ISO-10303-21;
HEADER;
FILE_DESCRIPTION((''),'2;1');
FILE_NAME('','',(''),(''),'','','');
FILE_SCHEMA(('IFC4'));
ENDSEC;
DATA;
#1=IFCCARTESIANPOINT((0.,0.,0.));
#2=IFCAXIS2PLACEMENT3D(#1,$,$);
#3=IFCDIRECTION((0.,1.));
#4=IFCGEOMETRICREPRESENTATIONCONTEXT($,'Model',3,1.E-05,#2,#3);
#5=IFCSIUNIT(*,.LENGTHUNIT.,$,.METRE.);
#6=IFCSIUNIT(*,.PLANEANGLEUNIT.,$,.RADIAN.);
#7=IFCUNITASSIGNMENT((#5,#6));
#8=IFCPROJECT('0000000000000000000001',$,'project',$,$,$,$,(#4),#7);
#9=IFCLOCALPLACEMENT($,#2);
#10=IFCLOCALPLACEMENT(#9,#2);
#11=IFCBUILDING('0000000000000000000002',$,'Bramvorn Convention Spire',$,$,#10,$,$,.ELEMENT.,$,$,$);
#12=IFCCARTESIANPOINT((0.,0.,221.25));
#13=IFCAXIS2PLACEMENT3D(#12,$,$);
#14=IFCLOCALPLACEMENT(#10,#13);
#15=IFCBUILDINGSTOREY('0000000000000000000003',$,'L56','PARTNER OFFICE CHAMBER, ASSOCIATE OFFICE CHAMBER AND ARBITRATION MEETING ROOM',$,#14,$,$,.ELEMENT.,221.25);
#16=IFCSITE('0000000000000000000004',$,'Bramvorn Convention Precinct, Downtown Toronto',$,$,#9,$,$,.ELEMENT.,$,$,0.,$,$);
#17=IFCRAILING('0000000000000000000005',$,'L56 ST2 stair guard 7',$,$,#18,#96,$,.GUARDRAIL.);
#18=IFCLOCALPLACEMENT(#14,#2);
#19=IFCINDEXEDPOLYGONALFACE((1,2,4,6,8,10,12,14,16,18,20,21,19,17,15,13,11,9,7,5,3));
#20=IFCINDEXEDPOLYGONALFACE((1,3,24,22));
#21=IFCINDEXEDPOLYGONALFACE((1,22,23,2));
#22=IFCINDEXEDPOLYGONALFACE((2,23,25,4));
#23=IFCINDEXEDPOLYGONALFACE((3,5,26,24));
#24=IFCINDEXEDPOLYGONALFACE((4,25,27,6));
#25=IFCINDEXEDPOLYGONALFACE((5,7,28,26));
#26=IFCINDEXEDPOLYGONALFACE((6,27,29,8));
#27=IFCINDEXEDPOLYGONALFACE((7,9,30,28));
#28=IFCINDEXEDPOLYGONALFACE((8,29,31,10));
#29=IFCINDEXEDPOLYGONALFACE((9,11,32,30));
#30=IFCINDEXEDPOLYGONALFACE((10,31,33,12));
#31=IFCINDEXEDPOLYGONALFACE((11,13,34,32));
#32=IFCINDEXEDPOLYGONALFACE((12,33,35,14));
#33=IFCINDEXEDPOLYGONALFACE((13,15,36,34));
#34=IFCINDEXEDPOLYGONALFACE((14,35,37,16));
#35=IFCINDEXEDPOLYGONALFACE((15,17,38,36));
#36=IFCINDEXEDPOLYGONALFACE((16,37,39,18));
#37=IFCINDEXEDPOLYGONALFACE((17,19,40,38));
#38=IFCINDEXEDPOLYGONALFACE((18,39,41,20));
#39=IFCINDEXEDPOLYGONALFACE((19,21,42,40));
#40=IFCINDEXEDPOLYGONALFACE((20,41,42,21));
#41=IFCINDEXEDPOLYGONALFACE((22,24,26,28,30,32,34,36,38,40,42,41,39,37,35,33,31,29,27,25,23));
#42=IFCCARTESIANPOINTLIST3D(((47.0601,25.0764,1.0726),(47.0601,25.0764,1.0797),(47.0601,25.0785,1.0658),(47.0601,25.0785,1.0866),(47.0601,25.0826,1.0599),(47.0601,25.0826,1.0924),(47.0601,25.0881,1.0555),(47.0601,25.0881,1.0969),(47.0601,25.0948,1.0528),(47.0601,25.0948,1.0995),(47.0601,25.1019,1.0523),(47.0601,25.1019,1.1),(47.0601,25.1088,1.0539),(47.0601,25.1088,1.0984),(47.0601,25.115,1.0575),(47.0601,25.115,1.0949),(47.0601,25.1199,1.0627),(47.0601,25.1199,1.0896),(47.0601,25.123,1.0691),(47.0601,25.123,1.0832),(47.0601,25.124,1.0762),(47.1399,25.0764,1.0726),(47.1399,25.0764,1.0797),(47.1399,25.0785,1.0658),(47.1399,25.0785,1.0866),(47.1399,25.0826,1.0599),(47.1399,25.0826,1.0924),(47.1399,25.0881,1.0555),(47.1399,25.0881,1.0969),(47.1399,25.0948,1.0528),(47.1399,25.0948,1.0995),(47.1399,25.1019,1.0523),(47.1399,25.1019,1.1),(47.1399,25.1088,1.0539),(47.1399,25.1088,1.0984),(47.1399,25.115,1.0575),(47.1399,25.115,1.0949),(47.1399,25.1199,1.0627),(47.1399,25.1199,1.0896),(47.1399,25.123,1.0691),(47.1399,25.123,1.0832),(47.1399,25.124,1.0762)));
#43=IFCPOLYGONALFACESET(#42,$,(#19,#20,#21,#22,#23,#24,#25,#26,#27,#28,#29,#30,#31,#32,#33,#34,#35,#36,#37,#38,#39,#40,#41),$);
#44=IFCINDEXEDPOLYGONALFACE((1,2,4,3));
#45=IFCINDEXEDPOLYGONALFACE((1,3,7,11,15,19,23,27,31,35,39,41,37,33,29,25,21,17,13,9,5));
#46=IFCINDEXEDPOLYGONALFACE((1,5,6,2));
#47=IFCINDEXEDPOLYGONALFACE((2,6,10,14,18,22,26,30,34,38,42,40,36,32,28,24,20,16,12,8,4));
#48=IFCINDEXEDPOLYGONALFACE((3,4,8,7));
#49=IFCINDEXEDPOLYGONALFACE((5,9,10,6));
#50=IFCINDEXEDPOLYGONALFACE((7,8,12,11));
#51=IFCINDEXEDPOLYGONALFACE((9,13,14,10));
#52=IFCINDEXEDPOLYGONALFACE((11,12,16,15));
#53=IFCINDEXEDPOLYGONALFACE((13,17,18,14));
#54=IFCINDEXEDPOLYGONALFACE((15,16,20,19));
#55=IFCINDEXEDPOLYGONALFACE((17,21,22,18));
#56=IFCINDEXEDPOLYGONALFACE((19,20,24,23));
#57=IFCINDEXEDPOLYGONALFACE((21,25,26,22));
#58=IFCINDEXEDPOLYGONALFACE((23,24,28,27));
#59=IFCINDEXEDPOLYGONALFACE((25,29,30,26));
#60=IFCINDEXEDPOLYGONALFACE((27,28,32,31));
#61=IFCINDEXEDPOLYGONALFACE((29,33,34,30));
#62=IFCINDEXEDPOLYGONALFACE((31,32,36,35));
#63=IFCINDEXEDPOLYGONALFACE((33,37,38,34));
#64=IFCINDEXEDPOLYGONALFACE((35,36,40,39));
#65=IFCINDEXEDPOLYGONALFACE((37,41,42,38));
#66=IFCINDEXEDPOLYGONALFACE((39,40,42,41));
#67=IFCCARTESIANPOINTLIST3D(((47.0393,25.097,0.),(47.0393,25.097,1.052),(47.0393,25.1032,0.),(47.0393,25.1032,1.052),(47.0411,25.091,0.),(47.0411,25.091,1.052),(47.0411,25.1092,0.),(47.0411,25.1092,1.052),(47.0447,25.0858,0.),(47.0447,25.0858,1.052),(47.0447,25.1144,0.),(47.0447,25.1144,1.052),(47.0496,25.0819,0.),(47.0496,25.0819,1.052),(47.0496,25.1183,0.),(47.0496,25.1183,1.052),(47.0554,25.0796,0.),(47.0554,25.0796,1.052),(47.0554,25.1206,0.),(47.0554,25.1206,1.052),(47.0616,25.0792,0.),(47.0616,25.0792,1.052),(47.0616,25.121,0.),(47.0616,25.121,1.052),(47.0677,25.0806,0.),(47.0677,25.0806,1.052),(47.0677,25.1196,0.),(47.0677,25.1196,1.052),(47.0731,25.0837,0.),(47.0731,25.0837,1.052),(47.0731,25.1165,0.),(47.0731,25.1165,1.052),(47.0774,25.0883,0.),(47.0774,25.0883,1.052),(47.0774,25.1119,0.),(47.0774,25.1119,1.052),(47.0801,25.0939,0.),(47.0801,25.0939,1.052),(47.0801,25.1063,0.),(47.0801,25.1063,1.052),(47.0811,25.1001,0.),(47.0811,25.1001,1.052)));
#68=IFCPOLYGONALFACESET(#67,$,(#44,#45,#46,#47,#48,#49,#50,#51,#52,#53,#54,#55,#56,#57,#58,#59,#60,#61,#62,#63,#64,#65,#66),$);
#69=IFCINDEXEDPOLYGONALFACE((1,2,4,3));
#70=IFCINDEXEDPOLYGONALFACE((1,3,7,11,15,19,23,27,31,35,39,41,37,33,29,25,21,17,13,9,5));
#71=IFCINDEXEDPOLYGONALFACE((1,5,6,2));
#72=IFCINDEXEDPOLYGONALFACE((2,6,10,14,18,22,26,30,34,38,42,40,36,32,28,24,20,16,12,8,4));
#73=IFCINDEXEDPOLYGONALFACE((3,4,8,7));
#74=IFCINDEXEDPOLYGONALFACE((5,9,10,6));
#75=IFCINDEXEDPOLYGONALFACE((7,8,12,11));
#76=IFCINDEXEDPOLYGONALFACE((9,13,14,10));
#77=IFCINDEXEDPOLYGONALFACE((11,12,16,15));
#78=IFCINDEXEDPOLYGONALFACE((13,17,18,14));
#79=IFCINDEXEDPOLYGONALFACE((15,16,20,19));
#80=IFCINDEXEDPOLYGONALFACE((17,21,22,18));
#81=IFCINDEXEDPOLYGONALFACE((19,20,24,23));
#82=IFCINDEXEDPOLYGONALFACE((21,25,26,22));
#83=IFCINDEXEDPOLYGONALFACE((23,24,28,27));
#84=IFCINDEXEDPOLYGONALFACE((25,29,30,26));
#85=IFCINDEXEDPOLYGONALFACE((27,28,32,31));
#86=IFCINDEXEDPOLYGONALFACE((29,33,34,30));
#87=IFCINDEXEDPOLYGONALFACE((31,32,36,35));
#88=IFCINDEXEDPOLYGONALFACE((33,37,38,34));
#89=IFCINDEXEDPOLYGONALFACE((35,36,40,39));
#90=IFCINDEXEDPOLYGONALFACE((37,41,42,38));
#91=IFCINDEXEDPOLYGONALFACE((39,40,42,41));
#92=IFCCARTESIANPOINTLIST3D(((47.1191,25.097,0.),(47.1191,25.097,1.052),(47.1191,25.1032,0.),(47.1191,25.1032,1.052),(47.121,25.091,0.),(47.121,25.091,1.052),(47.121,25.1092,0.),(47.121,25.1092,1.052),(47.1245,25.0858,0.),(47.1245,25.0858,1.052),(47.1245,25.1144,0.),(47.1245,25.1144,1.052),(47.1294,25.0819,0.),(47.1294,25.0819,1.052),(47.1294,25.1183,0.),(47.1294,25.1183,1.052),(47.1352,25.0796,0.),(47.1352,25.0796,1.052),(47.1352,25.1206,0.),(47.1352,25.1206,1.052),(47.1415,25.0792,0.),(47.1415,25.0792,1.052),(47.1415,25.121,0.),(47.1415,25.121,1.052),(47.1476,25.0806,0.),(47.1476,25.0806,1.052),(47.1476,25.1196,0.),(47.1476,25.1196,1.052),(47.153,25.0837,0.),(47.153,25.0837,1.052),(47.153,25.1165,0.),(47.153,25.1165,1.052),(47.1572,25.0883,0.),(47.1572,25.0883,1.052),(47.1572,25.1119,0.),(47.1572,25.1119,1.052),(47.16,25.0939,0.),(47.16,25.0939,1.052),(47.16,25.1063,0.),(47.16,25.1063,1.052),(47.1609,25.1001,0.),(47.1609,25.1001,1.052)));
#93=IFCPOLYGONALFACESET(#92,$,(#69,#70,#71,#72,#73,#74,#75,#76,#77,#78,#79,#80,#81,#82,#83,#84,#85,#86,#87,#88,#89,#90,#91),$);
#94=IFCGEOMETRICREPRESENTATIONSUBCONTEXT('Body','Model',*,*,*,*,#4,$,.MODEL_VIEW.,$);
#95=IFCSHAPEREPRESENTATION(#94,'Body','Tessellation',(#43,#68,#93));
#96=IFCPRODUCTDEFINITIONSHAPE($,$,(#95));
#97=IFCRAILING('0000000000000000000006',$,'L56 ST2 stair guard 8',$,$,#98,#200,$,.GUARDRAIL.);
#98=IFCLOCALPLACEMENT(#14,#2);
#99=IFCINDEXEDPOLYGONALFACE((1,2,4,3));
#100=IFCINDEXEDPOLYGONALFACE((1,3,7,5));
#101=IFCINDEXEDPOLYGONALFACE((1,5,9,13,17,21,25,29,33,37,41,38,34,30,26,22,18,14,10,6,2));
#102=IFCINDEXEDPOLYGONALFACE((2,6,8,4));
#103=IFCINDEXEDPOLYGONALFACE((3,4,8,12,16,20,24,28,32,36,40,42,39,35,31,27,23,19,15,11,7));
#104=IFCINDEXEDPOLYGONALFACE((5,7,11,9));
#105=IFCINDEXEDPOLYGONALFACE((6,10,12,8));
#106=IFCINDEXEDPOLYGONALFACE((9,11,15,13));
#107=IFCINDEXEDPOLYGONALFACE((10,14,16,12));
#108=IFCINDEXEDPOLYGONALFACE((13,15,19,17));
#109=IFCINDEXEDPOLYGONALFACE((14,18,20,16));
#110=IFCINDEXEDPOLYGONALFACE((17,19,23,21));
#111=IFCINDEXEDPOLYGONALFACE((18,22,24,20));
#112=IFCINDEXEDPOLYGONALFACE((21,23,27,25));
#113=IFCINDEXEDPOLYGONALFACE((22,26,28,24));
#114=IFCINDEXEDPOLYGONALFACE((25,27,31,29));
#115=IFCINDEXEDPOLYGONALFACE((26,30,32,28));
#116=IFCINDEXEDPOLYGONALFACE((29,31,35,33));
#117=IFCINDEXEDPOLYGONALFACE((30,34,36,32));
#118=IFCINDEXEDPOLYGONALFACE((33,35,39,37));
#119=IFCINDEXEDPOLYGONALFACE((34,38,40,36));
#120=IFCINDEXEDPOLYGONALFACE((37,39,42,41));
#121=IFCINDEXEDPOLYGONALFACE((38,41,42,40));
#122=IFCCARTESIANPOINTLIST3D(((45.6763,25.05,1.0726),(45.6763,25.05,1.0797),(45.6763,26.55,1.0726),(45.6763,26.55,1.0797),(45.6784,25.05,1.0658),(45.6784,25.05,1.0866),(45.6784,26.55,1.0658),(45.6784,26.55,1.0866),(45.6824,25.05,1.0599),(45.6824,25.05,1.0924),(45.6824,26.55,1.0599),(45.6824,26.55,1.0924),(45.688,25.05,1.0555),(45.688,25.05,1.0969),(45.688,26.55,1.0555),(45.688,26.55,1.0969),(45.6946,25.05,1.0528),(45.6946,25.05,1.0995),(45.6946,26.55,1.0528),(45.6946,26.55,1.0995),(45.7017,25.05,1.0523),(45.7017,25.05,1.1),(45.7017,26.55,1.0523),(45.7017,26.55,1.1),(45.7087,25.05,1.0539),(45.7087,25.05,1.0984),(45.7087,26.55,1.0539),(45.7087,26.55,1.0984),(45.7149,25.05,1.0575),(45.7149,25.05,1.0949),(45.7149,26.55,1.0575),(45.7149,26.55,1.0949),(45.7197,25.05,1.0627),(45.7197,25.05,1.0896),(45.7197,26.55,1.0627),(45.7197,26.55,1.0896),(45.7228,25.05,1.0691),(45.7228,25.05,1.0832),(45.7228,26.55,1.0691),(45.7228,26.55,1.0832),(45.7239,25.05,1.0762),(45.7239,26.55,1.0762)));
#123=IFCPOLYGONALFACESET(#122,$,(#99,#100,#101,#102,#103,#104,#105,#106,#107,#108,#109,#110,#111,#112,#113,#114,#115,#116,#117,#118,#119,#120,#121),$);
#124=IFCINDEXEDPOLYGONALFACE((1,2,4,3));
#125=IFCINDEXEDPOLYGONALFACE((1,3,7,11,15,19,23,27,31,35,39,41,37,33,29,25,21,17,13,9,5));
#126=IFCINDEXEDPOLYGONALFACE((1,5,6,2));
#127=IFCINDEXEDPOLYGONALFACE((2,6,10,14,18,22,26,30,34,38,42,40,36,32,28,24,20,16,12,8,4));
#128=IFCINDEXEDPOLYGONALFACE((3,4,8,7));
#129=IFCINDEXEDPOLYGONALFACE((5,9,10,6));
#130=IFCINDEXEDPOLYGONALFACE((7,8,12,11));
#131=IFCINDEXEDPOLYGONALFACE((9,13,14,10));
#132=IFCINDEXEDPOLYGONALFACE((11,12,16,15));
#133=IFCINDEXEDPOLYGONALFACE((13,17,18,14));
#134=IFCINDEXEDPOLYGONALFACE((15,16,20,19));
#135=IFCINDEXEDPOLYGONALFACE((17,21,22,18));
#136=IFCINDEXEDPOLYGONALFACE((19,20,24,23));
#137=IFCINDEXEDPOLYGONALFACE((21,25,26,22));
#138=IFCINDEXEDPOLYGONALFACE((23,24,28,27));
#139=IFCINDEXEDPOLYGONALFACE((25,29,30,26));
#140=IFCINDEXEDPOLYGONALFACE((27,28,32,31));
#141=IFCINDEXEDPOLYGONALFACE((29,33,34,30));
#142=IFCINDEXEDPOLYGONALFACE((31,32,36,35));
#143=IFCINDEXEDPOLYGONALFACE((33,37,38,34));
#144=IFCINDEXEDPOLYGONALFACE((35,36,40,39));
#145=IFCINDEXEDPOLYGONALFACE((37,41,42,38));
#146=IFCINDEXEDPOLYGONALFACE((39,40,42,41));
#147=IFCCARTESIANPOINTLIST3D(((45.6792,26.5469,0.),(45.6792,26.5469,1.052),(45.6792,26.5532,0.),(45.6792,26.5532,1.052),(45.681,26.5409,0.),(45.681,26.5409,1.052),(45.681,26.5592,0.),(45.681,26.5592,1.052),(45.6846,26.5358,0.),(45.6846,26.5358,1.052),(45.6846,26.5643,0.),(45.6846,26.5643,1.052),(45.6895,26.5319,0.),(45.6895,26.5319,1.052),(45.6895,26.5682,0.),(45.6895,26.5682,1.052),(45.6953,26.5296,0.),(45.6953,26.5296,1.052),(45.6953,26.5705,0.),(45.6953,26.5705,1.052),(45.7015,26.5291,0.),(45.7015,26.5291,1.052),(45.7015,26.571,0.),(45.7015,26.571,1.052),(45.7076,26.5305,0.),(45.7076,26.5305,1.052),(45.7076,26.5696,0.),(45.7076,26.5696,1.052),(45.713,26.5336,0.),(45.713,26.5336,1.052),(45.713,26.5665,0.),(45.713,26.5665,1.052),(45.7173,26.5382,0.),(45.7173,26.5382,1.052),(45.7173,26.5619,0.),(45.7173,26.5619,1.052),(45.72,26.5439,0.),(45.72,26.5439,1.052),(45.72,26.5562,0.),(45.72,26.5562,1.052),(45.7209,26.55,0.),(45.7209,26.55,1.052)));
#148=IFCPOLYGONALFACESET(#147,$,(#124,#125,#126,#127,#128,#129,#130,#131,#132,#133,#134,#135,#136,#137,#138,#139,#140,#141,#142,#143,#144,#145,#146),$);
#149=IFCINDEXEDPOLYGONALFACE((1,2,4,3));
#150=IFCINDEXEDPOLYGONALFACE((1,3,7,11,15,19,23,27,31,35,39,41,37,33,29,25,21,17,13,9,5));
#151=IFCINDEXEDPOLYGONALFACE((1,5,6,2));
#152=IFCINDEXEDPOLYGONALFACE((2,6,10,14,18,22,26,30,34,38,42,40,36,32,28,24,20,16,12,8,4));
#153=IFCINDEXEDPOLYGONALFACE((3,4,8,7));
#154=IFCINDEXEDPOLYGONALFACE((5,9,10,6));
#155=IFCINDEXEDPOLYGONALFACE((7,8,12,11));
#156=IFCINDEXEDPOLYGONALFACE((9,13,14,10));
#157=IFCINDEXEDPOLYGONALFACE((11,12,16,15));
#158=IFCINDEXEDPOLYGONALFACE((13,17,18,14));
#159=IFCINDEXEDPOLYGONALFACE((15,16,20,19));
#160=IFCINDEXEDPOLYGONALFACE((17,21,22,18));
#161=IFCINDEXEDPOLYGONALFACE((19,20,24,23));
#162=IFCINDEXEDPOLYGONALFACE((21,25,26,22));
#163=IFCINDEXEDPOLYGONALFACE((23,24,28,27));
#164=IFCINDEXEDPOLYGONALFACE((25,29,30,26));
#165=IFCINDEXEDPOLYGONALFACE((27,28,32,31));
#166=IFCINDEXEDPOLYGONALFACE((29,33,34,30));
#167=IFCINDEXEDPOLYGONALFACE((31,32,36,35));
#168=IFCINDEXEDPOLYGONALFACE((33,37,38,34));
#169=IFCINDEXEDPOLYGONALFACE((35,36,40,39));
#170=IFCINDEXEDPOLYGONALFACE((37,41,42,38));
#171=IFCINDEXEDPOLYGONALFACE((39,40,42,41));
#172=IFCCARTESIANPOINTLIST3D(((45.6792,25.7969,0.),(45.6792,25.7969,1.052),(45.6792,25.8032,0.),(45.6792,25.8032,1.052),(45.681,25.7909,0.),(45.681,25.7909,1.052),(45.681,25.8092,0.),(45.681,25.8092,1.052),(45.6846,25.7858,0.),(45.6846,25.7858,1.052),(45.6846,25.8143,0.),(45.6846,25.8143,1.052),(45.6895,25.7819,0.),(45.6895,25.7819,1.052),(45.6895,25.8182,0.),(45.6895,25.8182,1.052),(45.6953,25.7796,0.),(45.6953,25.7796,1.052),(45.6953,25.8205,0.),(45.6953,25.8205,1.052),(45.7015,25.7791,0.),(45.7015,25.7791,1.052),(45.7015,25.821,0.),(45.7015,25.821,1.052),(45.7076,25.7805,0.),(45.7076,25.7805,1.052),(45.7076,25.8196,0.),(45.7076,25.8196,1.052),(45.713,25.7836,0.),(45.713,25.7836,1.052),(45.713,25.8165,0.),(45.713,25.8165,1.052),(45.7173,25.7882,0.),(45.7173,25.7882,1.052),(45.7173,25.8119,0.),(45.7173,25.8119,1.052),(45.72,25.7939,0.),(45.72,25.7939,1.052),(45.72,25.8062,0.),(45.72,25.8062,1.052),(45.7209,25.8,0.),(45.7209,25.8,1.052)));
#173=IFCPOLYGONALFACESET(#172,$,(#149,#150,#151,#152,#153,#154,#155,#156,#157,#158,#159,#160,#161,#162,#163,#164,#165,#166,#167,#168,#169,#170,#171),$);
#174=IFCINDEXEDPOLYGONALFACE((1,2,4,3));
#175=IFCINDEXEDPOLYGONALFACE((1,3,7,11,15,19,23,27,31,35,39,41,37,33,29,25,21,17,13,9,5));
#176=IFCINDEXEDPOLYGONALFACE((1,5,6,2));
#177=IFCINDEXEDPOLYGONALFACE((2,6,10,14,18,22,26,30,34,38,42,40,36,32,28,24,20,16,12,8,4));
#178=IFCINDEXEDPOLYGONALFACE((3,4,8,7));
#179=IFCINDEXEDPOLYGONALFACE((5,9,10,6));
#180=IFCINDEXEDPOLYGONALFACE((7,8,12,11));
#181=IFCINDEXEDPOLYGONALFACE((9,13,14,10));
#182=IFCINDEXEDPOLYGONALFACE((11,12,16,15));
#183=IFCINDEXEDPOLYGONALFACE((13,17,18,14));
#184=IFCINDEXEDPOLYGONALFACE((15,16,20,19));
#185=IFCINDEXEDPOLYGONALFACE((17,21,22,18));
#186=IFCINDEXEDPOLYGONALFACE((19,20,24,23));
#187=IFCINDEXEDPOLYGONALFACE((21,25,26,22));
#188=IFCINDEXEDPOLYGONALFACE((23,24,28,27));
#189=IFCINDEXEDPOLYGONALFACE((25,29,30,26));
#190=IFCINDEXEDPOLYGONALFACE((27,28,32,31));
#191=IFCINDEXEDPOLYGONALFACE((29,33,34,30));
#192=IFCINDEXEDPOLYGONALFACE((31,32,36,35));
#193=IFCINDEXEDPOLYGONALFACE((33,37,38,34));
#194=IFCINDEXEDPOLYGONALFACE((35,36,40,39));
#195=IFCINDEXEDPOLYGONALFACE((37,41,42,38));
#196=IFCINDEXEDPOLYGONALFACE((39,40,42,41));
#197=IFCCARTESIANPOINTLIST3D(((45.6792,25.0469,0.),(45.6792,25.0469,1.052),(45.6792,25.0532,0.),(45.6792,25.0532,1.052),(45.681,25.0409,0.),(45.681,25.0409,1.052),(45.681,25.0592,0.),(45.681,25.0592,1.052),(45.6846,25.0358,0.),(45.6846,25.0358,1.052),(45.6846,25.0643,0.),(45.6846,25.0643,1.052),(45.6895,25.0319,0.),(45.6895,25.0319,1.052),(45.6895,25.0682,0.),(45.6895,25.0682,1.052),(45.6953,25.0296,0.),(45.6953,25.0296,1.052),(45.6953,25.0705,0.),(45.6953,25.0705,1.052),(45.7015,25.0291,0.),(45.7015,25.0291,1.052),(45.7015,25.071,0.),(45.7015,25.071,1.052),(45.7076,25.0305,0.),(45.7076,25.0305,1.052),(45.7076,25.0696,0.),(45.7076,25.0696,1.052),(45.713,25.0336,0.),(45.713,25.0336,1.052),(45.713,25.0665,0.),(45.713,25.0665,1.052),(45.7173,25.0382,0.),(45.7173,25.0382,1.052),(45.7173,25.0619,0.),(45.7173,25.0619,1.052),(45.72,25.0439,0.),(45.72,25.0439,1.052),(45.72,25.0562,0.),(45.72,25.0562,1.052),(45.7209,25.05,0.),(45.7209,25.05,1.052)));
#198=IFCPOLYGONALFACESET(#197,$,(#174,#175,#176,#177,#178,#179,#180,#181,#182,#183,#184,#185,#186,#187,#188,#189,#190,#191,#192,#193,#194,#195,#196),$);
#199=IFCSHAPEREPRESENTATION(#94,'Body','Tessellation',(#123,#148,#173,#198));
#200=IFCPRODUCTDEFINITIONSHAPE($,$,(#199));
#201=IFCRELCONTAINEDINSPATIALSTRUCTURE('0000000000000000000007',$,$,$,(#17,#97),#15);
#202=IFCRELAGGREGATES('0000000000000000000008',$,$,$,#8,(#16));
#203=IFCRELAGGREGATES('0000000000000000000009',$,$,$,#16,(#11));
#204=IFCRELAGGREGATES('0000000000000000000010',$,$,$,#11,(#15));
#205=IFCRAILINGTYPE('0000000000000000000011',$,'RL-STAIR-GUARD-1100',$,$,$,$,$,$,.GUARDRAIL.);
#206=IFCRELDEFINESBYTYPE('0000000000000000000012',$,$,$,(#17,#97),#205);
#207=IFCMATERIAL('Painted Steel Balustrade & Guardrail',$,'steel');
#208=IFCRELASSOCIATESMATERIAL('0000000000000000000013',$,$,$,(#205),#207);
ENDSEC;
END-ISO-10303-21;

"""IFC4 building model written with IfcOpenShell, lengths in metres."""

from ifc_helpers import new_model, si_unit, direction, frame, origin, origin_2d, place, context, subcontext, project, spatial, circle, extrude, material, type_object, element, save


model = new_model("IFC4")

# Units and contexts
model_context = context("Model", 3, precision=1e-05, world=origin(), true_north=direction((0.0, 1.0)))
body_context = subcontext(model_context, "Body", "Model", "MODEL_VIEW")
ifc_project = project(units=[si_unit("LENGTHUNIT", "METRE"), si_unit("PLANEANGLEUNIT", "RADIAN")], contexts=[model_context])

# Site, building, storey
site_placement = place(None, origin())
site = spatial("IfcSite", under=ifc_project, at=site_placement, Name="Bramvorn Convention Precinct, Downtown Toronto", CompositionType="ELEMENT", RefElevation=0.0)
building_placement = place(site_placement, origin())
building = spatial("IfcBuilding", under=site, at=building_placement, Name="Bramvorn Convention Spire", CompositionType="ELEMENT")
storey_placement = place(building_placement, frame((0.0, 0.0, 221.25)))
storey = spatial("IfcBuildingStorey", under=building, at=storey_placement, Name="L56", Description="PARTNER OFFICE CHAMBER, ASSOCIATE OFFICE CHAMBER AND ARBITRATION MEETING ROOM", CompositionType="ELEMENT", Elevation=221.25)

# Railings
ifc_material_1 = material(Name="Painted Steel Balustrade & Guardrail", Category="steel")
railing_type_1 = type_object("IfcRailingType", Name="RL-STAIR-GUARD-1100", PredefinedType="GUARDRAIL", material=ifc_material_1)
railing_1_placement = place(storey_placement, frame((47.0601, 25.1001, 0.0)))
element("IfcRailing", 1, at=railing_1_placement, inside=storey, type_object=railing_type_1, Name="L56 ST2 stair guard 7", PredefinedType="GUARDRAIL", context=body_context, shape_type="SweptSolid", body=[
    extrude(circle(Radius=0.0239, at=origin_2d()), frame((0.0, 0.0, 1.0762), z_axis=(1.0, 0.0, 0.0), x_axis=(0.0, 1.0, 0.0)), (0.0, 0.0, 1.0), 0.0798),
    extrude(circle(Radius=0.021, at=origin_2d()), origin(), (0.0, 0.0, 1.0), 1.052),
    extrude(circle(Radius=0.021, at=origin_2d()), frame((0.0798, 0.0, 0.0)), (0.0, 0.0, 1.0), 1.052),
])
for number, where, name in (
    (2, (45.7, 26.55, 0.0), "L56 ST2 stair guard 8"),
):
    element("IfcRailing", number, at=place(storey_placement, frame(where)), inside=storey, type_object=railing_type_1, Name=name, PredefinedType="GUARDRAIL", context=body_context, shape_type="SweptSolid", body=[
        extrude(circle(Radius=0.0239, at=origin_2d()), frame((0.0, 0.0, 1.0762), z_axis=(0.0, -1.0, 0.0), x_axis=(1.0, 0.0, 0.0)), (0.0, 0.0, 1.0), 1.5),
        extrude(circle(Radius=0.021, at=origin_2d()), origin(), (0.0, 0.0, 1.0), 1.052),
        extrude(circle(Radius=0.021, at=origin_2d()), frame((0.0, -0.75, 0.0)), (0.0, 0.0, 1.0), 1.052),
        extrude(circle(Radius=0.021, at=origin_2d()), frame((0.0, -1.5, 0.0)), (0.0, 0.0, 1.0), 1.052),
    ])

save(model, "model.ifc")
